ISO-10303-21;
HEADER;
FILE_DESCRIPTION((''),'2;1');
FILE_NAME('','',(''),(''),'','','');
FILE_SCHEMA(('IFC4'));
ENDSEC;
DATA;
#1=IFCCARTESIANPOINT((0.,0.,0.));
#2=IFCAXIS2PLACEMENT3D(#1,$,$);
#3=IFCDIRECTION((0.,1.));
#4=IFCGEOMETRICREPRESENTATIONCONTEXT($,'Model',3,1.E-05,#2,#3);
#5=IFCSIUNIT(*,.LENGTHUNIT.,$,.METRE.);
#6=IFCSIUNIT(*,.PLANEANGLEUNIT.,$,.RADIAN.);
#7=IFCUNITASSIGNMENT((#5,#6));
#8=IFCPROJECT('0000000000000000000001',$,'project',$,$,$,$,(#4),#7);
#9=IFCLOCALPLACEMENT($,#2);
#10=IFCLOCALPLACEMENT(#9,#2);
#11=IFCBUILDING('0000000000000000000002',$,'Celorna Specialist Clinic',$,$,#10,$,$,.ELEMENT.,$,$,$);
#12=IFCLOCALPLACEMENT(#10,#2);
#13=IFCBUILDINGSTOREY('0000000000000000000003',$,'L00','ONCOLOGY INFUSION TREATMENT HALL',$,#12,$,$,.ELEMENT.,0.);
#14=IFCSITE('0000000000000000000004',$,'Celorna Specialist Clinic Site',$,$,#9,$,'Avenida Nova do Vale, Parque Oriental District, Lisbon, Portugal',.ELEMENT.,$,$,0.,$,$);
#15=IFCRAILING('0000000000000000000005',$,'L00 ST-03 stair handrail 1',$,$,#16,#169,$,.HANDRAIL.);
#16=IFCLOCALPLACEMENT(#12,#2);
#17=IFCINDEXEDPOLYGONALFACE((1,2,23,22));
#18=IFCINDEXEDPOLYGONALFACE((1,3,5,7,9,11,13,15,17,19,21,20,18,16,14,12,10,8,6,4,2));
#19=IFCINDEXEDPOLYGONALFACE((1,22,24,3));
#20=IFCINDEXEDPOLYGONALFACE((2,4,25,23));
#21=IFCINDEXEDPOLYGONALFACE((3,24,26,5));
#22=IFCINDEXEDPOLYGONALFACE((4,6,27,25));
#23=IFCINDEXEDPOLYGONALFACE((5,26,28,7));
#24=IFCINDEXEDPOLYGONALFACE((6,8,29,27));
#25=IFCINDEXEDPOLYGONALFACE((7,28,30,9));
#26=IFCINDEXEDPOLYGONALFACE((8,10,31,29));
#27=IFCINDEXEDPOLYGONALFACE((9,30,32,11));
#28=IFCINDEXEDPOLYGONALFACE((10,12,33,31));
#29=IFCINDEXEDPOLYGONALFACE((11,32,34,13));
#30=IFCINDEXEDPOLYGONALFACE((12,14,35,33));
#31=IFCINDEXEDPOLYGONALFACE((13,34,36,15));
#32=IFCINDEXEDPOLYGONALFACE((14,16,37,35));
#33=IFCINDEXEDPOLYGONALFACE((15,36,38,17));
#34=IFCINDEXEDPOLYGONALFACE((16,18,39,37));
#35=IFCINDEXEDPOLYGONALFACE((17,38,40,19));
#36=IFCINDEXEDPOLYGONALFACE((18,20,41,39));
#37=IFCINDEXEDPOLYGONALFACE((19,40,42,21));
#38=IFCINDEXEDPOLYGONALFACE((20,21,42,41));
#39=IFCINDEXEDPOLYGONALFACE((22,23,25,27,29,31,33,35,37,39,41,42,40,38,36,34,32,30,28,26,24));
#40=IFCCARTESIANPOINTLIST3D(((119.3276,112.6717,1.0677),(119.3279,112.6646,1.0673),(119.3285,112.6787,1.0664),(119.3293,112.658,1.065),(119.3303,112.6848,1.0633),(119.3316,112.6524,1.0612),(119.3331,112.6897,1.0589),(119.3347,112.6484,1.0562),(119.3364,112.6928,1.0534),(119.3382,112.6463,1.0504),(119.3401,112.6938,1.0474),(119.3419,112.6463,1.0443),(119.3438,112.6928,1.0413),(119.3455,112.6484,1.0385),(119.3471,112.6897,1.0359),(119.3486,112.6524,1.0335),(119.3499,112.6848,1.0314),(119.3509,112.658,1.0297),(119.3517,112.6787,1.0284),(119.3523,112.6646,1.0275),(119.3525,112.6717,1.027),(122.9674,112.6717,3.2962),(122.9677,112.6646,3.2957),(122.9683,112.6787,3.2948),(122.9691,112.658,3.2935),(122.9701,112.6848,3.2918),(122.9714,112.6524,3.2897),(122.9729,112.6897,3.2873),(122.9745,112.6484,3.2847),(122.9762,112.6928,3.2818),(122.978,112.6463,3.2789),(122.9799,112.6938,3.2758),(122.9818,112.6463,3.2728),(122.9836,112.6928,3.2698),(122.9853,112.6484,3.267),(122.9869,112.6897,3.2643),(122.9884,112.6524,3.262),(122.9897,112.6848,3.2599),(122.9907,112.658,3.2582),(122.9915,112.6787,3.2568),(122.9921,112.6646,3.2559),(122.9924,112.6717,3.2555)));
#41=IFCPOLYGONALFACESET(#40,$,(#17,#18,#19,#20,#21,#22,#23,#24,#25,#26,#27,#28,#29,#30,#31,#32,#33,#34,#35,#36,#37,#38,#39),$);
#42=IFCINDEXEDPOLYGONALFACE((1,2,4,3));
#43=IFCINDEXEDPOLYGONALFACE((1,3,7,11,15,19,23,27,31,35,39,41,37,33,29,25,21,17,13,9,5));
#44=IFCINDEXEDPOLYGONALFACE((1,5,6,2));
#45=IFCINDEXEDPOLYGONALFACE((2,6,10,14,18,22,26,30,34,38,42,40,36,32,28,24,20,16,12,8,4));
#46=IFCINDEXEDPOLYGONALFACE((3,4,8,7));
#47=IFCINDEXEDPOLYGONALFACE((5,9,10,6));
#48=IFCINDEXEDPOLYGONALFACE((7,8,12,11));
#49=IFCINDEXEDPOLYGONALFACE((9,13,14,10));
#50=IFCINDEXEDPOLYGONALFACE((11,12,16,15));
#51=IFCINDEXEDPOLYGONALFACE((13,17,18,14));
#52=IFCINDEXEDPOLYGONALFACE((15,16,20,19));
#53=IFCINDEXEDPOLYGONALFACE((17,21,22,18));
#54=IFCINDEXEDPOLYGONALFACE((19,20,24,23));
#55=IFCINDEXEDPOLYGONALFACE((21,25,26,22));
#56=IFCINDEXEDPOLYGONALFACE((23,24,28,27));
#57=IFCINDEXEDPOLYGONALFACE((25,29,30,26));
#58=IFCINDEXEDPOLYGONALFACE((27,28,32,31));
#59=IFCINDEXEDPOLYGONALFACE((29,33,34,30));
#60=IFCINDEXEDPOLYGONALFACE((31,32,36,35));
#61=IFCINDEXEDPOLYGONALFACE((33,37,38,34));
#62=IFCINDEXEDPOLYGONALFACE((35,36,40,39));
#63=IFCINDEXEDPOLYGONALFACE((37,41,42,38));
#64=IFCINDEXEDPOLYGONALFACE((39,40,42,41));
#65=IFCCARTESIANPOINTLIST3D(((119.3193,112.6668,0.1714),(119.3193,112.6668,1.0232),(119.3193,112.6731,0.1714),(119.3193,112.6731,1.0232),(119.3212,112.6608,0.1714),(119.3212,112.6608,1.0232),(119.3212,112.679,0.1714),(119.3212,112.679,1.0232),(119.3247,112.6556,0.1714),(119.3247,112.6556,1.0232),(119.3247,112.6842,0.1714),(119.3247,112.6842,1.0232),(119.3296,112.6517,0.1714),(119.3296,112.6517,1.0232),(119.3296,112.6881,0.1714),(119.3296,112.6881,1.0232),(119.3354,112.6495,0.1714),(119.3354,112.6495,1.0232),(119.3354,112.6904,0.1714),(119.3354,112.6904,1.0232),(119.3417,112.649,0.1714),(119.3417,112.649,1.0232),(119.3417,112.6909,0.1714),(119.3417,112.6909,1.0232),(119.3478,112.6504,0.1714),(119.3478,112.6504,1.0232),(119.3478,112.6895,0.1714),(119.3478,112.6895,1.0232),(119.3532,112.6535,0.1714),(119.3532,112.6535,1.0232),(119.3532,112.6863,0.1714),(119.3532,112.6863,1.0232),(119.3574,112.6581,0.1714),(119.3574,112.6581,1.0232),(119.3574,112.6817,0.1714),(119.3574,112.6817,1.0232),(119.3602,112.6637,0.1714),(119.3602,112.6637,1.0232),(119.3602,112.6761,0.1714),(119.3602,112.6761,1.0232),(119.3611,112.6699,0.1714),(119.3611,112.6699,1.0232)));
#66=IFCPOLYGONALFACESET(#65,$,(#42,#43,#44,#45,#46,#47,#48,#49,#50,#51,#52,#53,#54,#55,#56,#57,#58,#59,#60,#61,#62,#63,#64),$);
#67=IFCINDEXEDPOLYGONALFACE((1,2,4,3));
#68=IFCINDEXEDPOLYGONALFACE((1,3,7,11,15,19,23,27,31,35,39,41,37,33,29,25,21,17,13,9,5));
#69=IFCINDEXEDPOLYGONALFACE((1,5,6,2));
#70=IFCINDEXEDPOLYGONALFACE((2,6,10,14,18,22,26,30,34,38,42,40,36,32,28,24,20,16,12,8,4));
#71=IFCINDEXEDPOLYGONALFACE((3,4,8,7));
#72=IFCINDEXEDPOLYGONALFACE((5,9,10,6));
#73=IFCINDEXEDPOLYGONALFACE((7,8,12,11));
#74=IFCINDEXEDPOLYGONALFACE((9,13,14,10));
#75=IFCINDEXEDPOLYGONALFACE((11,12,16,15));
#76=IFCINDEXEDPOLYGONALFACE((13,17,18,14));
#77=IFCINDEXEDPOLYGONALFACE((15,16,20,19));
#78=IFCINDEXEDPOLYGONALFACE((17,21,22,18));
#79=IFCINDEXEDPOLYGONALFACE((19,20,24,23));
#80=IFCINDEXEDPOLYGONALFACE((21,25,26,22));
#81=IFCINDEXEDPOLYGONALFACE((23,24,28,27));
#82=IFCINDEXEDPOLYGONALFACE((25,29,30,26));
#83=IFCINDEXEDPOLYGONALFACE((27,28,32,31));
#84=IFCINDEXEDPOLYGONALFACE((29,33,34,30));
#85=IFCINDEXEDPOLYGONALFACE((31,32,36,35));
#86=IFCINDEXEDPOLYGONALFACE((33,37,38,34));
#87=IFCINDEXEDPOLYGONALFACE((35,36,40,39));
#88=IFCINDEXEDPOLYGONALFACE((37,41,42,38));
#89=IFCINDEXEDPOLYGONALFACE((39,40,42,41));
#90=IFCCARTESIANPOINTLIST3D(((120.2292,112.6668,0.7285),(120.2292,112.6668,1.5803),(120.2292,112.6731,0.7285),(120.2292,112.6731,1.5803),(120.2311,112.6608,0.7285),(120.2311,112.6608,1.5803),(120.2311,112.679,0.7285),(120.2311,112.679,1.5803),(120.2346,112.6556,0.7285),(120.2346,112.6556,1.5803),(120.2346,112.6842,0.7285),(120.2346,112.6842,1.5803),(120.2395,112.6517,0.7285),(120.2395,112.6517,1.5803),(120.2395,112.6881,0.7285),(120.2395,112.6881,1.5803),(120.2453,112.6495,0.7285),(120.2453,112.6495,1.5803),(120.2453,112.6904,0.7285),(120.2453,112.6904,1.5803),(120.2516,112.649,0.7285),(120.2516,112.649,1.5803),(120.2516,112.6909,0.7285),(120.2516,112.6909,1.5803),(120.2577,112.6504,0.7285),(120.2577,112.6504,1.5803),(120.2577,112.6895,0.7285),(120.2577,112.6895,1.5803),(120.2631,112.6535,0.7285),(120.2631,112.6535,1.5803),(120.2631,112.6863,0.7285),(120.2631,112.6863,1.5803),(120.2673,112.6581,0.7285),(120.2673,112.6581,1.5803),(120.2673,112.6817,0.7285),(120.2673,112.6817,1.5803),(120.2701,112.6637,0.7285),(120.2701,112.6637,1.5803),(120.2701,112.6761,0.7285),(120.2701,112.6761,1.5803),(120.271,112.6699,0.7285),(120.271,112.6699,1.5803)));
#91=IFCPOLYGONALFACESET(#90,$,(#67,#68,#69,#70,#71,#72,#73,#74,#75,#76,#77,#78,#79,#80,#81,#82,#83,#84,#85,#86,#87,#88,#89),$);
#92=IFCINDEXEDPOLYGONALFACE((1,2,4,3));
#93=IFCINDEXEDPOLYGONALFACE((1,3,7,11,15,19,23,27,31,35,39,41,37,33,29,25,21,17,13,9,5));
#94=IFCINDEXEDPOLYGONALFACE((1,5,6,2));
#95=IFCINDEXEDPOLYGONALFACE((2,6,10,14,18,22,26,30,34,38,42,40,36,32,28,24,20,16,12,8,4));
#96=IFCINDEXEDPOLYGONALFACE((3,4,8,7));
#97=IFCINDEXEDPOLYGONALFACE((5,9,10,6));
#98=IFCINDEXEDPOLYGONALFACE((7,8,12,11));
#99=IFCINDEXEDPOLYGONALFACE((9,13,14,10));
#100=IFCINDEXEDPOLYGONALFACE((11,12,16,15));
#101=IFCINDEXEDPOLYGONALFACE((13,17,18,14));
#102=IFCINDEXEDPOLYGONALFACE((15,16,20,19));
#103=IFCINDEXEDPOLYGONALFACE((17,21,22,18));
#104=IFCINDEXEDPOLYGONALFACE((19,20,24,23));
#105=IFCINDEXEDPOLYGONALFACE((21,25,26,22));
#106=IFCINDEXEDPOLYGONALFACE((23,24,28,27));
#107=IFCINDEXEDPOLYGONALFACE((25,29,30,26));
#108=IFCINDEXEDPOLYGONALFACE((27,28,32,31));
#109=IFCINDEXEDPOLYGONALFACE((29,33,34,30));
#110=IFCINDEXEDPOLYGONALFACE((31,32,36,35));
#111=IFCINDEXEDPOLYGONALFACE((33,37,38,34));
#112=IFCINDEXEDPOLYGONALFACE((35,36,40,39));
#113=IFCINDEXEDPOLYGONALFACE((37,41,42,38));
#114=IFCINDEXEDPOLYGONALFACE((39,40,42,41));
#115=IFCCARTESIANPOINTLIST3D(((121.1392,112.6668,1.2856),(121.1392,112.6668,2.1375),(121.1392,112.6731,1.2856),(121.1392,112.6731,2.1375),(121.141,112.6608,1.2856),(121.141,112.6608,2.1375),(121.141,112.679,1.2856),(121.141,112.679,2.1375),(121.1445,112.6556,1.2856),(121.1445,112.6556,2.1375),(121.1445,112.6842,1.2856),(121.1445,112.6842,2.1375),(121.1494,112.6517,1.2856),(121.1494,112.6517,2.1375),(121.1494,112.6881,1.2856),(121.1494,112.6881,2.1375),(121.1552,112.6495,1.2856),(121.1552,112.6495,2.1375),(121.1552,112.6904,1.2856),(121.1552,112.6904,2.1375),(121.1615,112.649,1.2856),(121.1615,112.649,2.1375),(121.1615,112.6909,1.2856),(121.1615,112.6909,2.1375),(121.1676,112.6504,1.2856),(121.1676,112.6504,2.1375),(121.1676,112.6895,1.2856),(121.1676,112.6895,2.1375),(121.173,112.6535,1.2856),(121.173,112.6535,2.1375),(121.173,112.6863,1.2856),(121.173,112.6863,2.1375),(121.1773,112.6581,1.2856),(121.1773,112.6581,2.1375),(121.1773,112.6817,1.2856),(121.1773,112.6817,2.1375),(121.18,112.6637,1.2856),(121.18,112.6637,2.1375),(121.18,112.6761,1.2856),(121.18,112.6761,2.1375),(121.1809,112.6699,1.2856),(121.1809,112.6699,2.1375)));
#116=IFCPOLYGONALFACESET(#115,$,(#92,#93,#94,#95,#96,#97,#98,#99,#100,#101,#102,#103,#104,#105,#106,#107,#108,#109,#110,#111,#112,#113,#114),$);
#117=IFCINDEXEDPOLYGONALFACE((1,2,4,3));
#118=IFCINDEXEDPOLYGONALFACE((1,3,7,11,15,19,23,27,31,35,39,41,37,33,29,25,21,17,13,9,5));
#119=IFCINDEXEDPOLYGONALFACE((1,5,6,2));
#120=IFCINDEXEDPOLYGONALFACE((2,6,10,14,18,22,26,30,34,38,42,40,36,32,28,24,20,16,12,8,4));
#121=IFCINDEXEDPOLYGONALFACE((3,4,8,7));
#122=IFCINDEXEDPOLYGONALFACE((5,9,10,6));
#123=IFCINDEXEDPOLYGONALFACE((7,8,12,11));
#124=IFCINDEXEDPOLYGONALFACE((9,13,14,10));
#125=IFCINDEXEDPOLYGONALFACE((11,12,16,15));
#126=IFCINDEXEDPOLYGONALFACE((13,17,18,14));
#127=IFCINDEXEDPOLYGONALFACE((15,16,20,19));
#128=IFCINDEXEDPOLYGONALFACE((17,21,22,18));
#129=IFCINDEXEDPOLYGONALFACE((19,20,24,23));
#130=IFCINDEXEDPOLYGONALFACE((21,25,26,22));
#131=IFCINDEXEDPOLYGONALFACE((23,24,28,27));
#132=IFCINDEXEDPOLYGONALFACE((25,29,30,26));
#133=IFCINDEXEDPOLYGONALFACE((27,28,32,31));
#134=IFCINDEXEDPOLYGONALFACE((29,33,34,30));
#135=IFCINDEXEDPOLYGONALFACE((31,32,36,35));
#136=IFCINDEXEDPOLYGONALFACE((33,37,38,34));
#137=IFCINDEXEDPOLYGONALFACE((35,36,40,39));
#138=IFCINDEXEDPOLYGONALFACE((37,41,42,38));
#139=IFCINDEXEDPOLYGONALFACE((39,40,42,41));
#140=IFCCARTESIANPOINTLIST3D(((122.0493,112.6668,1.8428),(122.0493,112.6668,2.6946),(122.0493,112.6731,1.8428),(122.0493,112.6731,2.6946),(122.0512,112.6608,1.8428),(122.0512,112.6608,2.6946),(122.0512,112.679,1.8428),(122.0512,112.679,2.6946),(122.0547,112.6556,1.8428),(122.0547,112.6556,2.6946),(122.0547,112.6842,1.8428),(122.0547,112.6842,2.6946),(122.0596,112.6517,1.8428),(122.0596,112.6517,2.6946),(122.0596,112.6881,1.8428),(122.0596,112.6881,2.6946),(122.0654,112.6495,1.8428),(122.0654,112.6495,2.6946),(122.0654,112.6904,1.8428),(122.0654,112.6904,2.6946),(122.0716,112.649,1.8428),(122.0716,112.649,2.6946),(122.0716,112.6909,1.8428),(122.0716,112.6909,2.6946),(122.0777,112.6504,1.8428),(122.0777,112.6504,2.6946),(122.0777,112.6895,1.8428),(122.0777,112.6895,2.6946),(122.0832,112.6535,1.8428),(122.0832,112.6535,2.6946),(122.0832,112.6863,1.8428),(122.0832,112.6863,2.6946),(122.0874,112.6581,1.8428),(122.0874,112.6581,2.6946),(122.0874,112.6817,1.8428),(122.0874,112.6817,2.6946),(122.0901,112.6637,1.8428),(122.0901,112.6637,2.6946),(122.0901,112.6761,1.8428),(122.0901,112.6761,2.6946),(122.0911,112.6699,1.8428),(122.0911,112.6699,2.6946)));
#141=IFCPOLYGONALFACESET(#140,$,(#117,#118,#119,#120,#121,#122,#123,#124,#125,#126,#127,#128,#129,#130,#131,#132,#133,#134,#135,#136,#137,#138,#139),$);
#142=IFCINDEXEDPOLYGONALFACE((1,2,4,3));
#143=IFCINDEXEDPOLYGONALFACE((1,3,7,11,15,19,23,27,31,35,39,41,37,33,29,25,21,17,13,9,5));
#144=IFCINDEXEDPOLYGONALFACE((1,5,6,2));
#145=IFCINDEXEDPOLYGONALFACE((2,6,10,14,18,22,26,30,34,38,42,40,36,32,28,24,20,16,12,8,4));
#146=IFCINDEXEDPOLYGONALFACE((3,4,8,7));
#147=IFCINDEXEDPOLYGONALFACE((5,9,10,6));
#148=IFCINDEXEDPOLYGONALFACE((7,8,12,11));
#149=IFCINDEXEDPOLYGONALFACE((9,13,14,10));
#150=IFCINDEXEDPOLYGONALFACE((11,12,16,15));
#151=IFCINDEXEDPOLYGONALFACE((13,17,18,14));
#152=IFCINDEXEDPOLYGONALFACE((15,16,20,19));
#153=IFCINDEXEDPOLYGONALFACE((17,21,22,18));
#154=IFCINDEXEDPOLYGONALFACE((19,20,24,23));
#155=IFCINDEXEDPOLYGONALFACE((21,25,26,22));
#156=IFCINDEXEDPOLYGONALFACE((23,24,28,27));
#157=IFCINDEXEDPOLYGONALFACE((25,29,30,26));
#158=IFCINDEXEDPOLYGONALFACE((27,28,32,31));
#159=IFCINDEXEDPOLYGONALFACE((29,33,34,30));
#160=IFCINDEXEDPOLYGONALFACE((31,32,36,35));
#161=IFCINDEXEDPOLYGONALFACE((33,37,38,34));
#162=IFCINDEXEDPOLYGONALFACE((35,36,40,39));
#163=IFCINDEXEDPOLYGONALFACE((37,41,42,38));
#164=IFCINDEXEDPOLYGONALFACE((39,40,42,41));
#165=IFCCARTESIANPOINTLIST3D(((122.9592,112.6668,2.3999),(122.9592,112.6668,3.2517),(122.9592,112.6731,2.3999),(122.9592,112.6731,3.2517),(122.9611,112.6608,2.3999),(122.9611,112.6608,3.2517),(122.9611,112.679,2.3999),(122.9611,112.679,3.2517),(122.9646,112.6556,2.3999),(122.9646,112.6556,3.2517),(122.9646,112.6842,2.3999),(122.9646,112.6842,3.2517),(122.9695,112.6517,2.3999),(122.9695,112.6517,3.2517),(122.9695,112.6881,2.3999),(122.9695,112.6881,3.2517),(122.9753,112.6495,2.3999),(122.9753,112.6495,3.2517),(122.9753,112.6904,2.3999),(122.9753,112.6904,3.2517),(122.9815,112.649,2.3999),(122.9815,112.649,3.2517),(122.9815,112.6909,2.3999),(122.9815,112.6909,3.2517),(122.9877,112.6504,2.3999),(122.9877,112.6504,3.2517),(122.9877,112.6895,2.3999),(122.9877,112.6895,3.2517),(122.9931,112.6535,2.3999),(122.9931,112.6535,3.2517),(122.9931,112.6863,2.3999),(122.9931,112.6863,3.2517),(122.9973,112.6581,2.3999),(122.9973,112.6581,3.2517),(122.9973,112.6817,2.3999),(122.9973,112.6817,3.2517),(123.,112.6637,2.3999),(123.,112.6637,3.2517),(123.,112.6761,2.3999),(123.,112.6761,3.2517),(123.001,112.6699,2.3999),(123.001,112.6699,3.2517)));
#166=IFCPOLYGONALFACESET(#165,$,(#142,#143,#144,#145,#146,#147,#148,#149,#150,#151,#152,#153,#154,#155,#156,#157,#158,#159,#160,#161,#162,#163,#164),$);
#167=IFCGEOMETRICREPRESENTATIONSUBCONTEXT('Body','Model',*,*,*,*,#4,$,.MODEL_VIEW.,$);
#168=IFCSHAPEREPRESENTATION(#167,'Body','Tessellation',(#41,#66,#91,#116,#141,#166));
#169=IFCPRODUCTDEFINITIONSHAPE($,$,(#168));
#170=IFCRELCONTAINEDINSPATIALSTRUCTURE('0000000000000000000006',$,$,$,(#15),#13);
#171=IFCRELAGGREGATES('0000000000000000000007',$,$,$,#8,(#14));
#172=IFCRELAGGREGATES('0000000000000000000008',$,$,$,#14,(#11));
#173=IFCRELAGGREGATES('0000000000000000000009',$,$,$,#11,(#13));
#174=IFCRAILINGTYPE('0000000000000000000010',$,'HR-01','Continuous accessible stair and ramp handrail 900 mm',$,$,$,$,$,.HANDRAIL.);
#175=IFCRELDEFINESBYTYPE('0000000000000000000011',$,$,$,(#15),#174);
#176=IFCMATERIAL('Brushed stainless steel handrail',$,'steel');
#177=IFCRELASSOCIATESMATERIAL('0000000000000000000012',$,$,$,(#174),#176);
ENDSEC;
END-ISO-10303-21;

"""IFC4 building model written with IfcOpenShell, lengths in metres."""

from ifc_helpers import new_model, si_unit, direction, frame, origin, origin_2d, place, context, subcontext, project, spatial, circle, extrude, material, type_object, element, save


model = new_model("IFC4")

# Units and contexts
model_context = context("Model", 3, precision=1e-05, world=origin(), true_north=direction((0.0, 1.0)))
body_context = subcontext(model_context, "Body", "Model", "MODEL_VIEW")
ifc_project = project(units=[si_unit("LENGTHUNIT", "METRE"), si_unit("PLANEANGLEUNIT", "RADIAN")], contexts=[model_context])

# Site, building, storey
site_placement = place(None, origin())
site = spatial("IfcSite", under=ifc_project, at=site_placement, Name="Celorna Specialist Clinic Site", LongName="Avenida Nova do Vale, Parque Oriental District, Lisbon, Portugal", CompositionType="ELEMENT", RefElevation=0.0)
building_placement = place(site_placement, origin())
building = spatial("IfcBuilding", under=site, at=building_placement, Name="Celorna Specialist Clinic", CompositionType="ELEMENT")
storey_placement = place(building_placement, origin())
storey = spatial("IfcBuildingStorey", under=building, at=storey_placement, Name="L00", Description="ONCOLOGY INFUSION TREATMENT HALL", CompositionType="ELEMENT", Elevation=0.0)

# Railing
ifc_material_1 = material(Name="Brushed stainless steel handrail", Category="steel")
railing_type_1 = type_object("IfcRailingType", Name="HR-01", Description="Continuous accessible stair and ramp handrail 900 mm", PredefinedType="HANDRAIL", material=ifc_material_1)
railing_1_placement = place(storey_placement, frame((119.3401, 112.6699, 0.1714)))
element("IfcRailing", 1, at=railing_1_placement, inside=storey, type_object=railing_type_1, Name="L00 ST-03 stair handrail 1", PredefinedType="HANDRAIL", context=body_context, shape_type="SweptSolid", body=[
    extrude(circle(Radius=0.0239, at=origin_2d()), frame((0.0, 0.0, 0.876), z_axis=(0.85285, 0.0, 0.522156), x_axis=(0.0, 1.0, 0.0)), (0.0, 0.0, 1.0), 4.2678),
    extrude(circle(Radius=0.021, at=origin_2d()), origin(), (0.0, 0.0, 1.0), 0.8518),
    extrude(circle(Radius=0.021, at=origin_2d()), frame((0.9099, 0.0, 0.5571)), (0.0, 0.0, 1.0), 0.8518),
    extrude(circle(Radius=0.021, at=origin_2d()), frame((1.8198, 0.0, 1.1143)), (0.0, 0.0, 1.0), 0.8518),
    extrude(circle(Radius=0.021, at=origin_2d()), frame((2.73, 0.0, 1.6714)), (0.0, 0.0, 1.0), 0.8518),
    extrude(circle(Radius=0.021, at=origin_2d()), frame((3.6399, 0.0, 2.2285)), (0.0, 0.0, 1.0), 0.8518),
])

save(model, "model.ifc")
